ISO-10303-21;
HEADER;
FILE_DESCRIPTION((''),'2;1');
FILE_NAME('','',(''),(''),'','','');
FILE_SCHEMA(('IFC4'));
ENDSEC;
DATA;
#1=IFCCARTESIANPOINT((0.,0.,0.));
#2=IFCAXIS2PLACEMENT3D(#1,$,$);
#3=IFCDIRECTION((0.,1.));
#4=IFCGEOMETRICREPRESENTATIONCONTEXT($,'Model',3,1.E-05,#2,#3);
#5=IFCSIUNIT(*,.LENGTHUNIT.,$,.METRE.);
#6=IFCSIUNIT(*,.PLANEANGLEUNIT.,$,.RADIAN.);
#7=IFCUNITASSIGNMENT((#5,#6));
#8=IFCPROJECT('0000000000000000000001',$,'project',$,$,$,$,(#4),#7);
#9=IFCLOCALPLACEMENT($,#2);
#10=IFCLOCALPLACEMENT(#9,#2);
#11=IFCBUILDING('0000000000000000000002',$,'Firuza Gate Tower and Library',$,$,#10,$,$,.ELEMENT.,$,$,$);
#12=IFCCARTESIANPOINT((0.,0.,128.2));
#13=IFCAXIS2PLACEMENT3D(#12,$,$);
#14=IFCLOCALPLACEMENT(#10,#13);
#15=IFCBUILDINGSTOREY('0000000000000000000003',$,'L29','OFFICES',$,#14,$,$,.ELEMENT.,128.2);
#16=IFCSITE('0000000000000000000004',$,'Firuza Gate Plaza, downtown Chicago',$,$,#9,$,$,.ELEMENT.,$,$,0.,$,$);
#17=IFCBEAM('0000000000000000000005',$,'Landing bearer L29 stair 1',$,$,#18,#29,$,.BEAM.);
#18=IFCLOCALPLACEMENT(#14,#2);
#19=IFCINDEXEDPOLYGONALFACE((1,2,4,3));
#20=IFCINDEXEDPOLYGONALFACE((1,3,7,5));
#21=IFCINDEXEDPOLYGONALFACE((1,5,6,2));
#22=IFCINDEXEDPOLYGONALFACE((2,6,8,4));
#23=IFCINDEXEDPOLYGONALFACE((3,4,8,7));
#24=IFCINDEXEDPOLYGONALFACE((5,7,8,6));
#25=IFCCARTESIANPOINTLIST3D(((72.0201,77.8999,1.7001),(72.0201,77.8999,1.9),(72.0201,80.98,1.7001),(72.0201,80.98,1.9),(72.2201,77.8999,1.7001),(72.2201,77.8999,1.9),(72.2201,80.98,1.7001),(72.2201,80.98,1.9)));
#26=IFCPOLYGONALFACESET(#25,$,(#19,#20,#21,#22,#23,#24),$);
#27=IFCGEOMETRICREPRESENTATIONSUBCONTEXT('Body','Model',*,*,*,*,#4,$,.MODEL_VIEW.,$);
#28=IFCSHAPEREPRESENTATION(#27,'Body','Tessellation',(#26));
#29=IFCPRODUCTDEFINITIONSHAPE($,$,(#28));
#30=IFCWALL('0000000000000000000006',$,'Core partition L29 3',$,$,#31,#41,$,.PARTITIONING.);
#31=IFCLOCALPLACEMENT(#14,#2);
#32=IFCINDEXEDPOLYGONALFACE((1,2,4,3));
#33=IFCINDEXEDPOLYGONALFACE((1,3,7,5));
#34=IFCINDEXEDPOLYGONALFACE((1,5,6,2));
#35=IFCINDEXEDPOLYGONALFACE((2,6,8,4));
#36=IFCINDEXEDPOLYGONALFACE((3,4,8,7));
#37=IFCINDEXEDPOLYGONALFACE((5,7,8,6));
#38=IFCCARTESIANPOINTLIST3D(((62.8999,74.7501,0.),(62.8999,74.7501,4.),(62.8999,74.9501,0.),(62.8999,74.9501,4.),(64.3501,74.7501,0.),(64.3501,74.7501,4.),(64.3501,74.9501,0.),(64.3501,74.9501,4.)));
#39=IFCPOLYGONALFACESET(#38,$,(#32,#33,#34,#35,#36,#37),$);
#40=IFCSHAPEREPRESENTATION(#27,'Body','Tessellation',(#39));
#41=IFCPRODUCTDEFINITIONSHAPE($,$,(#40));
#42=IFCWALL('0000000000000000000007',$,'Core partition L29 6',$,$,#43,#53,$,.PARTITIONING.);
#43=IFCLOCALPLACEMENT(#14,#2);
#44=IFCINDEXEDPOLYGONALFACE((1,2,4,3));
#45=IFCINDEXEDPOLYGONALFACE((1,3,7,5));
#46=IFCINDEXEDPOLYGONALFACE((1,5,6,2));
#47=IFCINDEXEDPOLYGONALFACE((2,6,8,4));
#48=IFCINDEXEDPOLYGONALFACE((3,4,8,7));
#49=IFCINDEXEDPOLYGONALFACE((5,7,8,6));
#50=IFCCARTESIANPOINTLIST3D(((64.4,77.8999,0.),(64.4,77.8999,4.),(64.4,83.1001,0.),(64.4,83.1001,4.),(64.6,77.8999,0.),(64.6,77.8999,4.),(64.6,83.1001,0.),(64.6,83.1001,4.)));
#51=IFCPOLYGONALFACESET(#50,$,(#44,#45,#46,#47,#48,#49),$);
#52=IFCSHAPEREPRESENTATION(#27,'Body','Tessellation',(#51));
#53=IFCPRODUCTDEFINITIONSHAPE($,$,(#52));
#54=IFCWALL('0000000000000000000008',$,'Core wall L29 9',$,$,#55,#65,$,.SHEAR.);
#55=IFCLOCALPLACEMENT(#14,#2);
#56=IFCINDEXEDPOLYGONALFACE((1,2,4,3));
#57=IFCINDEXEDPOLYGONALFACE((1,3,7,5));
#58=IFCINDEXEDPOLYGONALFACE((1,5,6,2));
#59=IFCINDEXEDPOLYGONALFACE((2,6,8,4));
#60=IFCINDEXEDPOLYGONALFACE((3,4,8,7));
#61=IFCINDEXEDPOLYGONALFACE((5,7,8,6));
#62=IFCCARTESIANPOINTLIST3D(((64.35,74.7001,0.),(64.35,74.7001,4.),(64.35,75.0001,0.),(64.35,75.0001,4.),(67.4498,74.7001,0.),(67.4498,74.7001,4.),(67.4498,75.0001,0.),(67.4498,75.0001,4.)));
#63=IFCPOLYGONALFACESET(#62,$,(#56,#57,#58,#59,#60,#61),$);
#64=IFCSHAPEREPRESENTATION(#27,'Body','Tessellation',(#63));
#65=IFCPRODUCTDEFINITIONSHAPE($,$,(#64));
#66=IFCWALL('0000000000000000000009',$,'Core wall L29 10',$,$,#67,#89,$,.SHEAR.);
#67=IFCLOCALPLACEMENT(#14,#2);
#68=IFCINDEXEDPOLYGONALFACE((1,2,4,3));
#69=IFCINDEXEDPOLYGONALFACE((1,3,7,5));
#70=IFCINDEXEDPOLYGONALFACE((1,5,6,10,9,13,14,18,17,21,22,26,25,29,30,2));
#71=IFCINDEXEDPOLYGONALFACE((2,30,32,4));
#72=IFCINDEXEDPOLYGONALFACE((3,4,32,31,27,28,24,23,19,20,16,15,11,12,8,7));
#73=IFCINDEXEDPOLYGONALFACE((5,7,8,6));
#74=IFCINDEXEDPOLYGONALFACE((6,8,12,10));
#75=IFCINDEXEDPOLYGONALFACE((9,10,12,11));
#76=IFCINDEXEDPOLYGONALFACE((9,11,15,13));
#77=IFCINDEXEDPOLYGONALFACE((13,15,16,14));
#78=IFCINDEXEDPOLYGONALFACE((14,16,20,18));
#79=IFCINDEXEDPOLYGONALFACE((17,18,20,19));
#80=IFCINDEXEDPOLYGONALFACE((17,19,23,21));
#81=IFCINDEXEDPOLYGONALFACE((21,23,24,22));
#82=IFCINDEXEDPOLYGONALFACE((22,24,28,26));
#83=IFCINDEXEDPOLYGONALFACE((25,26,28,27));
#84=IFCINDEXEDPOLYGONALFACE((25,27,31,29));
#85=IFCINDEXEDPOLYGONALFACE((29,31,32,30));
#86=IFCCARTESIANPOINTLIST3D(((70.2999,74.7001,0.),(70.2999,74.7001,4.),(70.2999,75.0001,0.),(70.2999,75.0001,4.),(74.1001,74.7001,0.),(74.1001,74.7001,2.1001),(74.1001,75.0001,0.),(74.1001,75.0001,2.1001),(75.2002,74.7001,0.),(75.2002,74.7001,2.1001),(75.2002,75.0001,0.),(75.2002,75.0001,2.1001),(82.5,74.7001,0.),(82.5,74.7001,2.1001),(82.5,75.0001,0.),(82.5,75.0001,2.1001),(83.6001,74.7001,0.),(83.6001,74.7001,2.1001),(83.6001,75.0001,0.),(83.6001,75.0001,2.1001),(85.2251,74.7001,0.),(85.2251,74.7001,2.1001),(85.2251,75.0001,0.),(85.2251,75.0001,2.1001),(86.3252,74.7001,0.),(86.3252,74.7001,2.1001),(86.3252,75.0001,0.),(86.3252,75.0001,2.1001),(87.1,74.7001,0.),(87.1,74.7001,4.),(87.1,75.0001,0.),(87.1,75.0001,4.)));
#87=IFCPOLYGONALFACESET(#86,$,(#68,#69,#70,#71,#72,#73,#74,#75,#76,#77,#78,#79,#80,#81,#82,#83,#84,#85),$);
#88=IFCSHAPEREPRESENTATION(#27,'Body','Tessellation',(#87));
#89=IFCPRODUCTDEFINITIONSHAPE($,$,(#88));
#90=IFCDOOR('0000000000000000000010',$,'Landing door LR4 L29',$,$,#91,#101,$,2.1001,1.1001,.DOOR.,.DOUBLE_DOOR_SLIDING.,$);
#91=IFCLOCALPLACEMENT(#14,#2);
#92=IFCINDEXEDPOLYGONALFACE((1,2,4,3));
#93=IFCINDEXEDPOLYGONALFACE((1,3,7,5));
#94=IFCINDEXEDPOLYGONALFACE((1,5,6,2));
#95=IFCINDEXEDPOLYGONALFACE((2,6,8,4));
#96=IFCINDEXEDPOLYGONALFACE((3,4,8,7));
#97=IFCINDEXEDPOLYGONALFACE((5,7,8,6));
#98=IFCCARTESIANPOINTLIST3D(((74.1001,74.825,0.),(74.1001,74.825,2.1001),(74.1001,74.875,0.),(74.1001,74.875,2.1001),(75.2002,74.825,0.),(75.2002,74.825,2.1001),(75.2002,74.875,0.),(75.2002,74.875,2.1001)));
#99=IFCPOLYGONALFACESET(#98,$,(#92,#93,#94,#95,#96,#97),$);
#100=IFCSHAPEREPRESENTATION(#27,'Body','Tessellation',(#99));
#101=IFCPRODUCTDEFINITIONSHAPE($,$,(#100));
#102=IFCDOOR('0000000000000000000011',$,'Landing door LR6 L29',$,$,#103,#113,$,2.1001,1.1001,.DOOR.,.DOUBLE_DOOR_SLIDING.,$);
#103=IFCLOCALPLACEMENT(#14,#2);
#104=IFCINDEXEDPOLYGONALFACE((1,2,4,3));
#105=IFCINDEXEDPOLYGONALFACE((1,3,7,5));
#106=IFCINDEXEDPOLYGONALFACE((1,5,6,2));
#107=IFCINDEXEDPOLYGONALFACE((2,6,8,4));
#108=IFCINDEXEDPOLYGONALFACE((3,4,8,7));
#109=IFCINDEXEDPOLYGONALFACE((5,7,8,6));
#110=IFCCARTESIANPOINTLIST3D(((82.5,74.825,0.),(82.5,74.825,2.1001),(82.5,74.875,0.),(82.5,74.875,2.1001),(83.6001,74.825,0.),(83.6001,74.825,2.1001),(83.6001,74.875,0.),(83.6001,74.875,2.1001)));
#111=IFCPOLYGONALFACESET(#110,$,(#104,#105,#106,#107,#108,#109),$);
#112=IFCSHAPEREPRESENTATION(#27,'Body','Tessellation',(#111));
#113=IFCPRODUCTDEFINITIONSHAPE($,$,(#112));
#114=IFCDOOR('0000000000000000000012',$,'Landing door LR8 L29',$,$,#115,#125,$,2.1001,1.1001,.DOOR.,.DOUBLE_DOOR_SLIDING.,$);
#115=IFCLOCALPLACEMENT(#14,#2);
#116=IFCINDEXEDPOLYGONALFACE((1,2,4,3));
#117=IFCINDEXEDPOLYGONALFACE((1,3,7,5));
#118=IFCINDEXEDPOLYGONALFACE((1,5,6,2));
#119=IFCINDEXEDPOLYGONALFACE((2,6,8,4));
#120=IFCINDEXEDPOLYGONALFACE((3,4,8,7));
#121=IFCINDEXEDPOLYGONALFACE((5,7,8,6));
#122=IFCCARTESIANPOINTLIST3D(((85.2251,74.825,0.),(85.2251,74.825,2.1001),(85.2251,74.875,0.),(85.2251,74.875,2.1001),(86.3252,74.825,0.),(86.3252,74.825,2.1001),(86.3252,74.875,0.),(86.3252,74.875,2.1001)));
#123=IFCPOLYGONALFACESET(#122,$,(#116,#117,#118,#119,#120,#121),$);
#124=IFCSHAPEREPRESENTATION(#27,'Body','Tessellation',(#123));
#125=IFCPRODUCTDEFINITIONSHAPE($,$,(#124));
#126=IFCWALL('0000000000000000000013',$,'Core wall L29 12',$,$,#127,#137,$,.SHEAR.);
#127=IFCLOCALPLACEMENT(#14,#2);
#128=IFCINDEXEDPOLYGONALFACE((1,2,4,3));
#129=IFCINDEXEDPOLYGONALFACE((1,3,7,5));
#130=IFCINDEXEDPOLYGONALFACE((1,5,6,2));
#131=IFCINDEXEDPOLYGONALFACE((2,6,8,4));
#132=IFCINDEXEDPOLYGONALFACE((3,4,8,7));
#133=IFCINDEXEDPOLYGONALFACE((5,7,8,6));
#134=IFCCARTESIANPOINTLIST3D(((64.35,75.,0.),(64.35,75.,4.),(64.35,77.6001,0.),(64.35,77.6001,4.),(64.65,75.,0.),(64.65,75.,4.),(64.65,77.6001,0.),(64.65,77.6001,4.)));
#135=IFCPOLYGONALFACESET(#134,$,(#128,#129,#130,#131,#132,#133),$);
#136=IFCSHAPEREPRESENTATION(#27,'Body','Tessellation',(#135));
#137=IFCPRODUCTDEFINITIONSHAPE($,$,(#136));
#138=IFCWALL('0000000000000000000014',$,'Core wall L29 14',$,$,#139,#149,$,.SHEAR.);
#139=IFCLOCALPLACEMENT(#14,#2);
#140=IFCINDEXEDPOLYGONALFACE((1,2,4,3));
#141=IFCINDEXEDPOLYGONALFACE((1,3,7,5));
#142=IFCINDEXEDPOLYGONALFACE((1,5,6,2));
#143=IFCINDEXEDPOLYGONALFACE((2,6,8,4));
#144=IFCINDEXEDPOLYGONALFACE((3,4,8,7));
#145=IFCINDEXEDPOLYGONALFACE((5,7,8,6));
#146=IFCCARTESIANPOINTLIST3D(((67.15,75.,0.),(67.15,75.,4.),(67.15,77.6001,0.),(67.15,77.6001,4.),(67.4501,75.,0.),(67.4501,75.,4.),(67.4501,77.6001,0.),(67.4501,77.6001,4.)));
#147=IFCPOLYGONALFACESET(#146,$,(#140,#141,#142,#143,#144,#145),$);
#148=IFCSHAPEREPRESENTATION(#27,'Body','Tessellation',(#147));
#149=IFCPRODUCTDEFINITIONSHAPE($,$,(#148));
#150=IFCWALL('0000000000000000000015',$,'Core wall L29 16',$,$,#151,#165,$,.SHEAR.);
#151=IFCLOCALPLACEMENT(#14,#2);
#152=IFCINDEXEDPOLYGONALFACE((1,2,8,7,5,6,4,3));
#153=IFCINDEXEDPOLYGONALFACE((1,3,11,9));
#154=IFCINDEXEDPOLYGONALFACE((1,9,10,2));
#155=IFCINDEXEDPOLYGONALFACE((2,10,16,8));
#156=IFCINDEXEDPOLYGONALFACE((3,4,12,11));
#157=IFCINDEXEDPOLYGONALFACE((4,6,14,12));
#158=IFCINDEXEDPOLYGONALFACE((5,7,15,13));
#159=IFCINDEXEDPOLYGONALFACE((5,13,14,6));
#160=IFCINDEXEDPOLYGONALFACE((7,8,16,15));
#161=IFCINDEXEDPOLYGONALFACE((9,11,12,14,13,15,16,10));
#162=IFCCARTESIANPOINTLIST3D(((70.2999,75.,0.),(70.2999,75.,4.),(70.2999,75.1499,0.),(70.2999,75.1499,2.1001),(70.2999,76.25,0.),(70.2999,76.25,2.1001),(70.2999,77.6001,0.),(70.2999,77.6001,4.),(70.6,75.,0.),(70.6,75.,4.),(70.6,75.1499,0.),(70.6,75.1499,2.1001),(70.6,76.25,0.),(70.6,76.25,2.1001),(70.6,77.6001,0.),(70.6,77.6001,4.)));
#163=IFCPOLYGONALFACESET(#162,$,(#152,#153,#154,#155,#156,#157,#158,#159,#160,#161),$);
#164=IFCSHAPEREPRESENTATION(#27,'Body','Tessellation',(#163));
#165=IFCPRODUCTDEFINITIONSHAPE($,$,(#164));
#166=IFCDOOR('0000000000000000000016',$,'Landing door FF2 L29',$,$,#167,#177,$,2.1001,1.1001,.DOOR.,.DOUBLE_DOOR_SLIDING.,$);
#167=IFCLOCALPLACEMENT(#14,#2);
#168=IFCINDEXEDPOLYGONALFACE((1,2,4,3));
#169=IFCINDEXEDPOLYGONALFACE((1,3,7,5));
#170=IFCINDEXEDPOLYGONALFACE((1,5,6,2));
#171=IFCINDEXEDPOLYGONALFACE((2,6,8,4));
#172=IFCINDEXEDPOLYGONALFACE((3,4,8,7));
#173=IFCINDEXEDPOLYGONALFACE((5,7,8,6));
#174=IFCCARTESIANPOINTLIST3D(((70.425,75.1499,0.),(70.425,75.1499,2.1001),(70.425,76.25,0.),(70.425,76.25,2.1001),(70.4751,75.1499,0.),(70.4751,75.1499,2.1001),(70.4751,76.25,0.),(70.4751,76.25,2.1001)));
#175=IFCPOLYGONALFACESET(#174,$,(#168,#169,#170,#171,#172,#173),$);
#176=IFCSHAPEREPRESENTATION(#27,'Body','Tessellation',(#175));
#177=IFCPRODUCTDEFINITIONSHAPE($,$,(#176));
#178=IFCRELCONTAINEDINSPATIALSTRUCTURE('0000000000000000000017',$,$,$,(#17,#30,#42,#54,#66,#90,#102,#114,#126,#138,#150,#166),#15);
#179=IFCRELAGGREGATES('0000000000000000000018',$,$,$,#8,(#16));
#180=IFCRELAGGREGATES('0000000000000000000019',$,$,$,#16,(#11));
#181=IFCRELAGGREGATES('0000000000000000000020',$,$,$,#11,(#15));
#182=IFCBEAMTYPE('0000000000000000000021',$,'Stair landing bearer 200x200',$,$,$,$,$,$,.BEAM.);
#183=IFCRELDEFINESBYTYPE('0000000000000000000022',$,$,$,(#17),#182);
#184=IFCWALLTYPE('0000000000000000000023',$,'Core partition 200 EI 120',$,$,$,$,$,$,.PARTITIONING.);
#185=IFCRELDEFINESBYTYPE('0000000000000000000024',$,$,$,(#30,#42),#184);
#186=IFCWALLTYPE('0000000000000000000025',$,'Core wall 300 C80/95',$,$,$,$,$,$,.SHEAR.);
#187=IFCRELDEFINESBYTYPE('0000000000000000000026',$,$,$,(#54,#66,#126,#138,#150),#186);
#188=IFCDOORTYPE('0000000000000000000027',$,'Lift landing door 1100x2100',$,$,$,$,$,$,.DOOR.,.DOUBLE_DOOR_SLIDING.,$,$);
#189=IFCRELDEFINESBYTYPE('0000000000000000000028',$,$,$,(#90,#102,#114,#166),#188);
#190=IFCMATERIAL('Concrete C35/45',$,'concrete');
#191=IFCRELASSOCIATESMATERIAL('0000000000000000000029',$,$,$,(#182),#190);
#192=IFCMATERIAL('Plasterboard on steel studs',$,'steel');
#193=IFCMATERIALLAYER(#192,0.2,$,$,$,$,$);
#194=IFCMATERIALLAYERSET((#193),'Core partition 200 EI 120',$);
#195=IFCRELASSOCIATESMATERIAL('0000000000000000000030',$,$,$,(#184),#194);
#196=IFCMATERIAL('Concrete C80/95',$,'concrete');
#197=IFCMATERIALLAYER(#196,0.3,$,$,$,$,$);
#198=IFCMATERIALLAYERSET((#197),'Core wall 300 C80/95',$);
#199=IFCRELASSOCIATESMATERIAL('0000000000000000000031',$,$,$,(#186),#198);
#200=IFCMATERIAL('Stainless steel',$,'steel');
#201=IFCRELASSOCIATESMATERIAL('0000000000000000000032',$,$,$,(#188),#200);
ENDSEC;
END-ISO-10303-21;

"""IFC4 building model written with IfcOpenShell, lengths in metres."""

from ifc_helpers import new_model, si_unit, direction, frame, frame_2d, origin, origin_2d, place, context, subcontext, project, spatial, rectangle, extrude, material, layer, layer_set, material_profile, profile_set, type_object, element, fill, save


model = new_model("IFC4")

# Units and contexts
model_context = context("Model", 3, precision=1e-05, world=origin(), true_north=direction((0.0, 1.0)))
body_context = subcontext(model_context, "Body", "Model", "MODEL_VIEW")
ifc_project = project(units=[si_unit("LENGTHUNIT", "METRE"), si_unit("PLANEANGLEUNIT", "RADIAN")], contexts=[model_context])

# Site, building, storey
site_placement = place(None, origin())
site = spatial("IfcSite", under=ifc_project, at=site_placement, Name="Firuza Gate Plaza, downtown Chicago", CompositionType="ELEMENT", RefElevation=0.0)
building_placement = place(site_placement, origin())
building = spatial("IfcBuilding", under=site, at=building_placement, Name="Firuza Gate Tower and Library", CompositionType="ELEMENT")
storey_placement = place(building_placement, frame((0.0, 0.0, 128.2)))
storey = spatial("IfcBuildingStorey", under=building, at=storey_placement, Name="L29", Description="OFFICES", CompositionType="ELEMENT", Elevation=128.2)

# Beam
ifc_material_1 = material(Name="Concrete C35/45", Category="concrete")
ifc_material_profile = material_profile(ifc_material_1, rectangle(XDim=0.2, YDim=0.2, at=origin_2d()))
ifc_profile_set = profile_set([ifc_material_profile], Name="Concrete C35/45")
beam_type = type_object("IfcBeamType", Name="Stair landing bearer 200x200", PredefinedType="BEAM", material=ifc_profile_set)
beam_placement = place(storey_placement, frame((72.1201, 77.8999, 1.8), z_axis=(0.0, 1.0, 0.0), x_axis=(-1.0, 0.0, 0.0)))
element("IfcBeam", 1, at=beam_placement, inside=storey, type_object=beam_type, Name="Landing bearer L29 stair 1", PredefinedType="BEAM", context=body_context, shape_type="SweptSolid", body=[
    extrude(rectangle(XDim=0.2, YDim=0.2, at=origin_2d()), origin(), (0.0, 0.0, 1.0), 3.0801),
])

# Walls
ifc_material_2 = material(Name="Plasterboard on steel studs", Category="steel")
ifc_layer_1 = layer(ifc_material_2, 0.2)
ifc_layer_set_1 = layer_set([ifc_layer_1], Name="Core partition 200 EI 120")
wall_type_1 = type_object("IfcWallType", Name="Core partition 200 EI 120", PredefinedType="PARTITIONING", material=ifc_layer_set_1)
wall_1_placement = place(storey_placement, frame((62.8999, 74.8501, 0.0), z_axis=(0.0, 0.0, 1.0), x_axis=(1.0, 0.0, 0.0)))
element("IfcWall", 2, at=wall_1_placement, inside=storey, type_object=wall_type_1, Name="Core partition L29 3", PredefinedType="PARTITIONING", context=body_context, shape_type="SweptSolid", body=[
    extrude(rectangle(XDim=1.4502, YDim=0.2, at=frame_2d((0.7251, 0.0))), origin(), (0.0, 0.0, 1.0), 4.0),
])
wall_2_placement = place(storey_placement, frame((64.5, 77.8999, 0.0), z_axis=(0.0, 0.0, 1.0), x_axis=(0.0, 1.0, 0.0)))
element("IfcWall", 3, at=wall_2_placement, inside=storey, type_object=wall_type_1, Name="Core partition L29 6", PredefinedType="PARTITIONING", context=body_context, shape_type="SweptSolid", body=[
    extrude(rectangle(XDim=5.2002, YDim=0.2, at=frame_2d((2.6001, 0.0))), origin(), (0.0, 0.0, 1.0), 4.0),
])
ifc_material_3 = material(Name="Concrete C80/95", Category="concrete")
ifc_layer_2 = layer(ifc_material_3, 0.3)
ifc_layer_set_2 = layer_set([ifc_layer_2], Name="Core wall 300 C80/95")
wall_type_2 = type_object("IfcWallType", Name="Core wall 300 C80/95", PredefinedType="SHEAR", material=ifc_layer_set_2)
wall_3_placement = place(storey_placement, frame((64.3501, 74.8501, 0.0), z_axis=(0.0, 0.0, 1.0), x_axis=(1.0, 0.0, 0.0)))
element("IfcWall", 4, at=wall_3_placement, inside=storey, type_object=wall_type_2, Name="Core wall L29 9", PredefinedType="SHEAR", context=body_context, shape_type="SweptSolid", body=[
    extrude(rectangle(XDim=3.0999, YDim=0.3, at=frame_2d((1.5498, 0.0))), origin(), (0.0, 0.0, 1.0), 4.0),
])

# Wall, openings, doors
wall_4_placement = place(storey_placement, frame((70.3, 74.8501, 0.0), z_axis=(0.0, 0.0, 1.0), x_axis=(1.0, 0.0, 0.0)))
wall_4 = element("IfcWall", 5, at=wall_4_placement, inside=storey, type_object=wall_type_2, Name="Core wall L29 10", PredefinedType="SHEAR", context=body_context, shape_type="SweptSolid", body=[
    extrude(rectangle(XDim=16.8, YDim=0.3, at=frame_2d((8.3999, 0.0))), origin(), (0.0, 0.0, 1.0), 4.0),
])
opening_1_placement = place(wall_4_placement, frame((3.8, 0.0, 0.0)))
opening_1 = element("IfcOpeningElement", 6, at=opening_1_placement, cuts=wall_4, PredefinedType="OPENING", context=body_context, shape_type="SweptSolid", body=[
    extrude(rectangle(XDim=1.1001, YDim=2.1001, at=frame_2d((0.55, 1.05))), frame((0.0, 0.1602, 0.0), z_axis=(0.0, -1.0, 0.0), x_axis=(1.0, 0.0, 0.0)), (0.0, 0.0, 1.0), 0.3201),
])
opening_2_placement = place(wall_4_placement, frame((12.2, 0.0, 0.0)))
opening_2 = element("IfcOpeningElement", 7, at=opening_2_placement, cuts=wall_4, PredefinedType="OPENING", context=body_context, shape_type="SweptSolid", body=[
    extrude(rectangle(XDim=1.1001, YDim=2.1001, at=frame_2d((0.55, 1.05))), frame((0.0, 0.1602, 0.0), z_axis=(0.0, -1.0, 0.0), x_axis=(1.0, 0.0, 0.0)), (0.0, 0.0, 1.0), 0.3201),
])
opening_3_placement = place(wall_4_placement, frame((14.925, 0.0, 0.0)))
opening_3 = element("IfcOpeningElement", 8, at=opening_3_placement, cuts=wall_4, PredefinedType="OPENING", context=body_context, shape_type="SweptSolid", body=[
    extrude(rectangle(XDim=1.1001, YDim=2.1001, at=frame_2d((0.55, 1.05))), frame((0.0, 0.1602, 0.0), z_axis=(0.0, -1.0, 0.0), x_axis=(1.0, 0.0, 0.0)), (0.0, 0.0, 1.0), 0.3201),
])
ifc_material_4 = material(Name="Stainless steel", Category="steel")
door_type_1 = type_object("IfcDoorType", Name="Lift landing door 1100x2100", OperationType="DOUBLE_DOOR_SLIDING", PredefinedType="DOOR", material=ifc_material_4)
door_1_placement = place(opening_1_placement, origin())
door_1 = element("IfcDoor", 9, at=door_1_placement, inside=storey, type_object=door_type_1, Name="Landing door LR4 L29", OperationType="DOUBLE_DOOR_SLIDING", OverallHeight=2.1001, OverallWidth=1.1001, PredefinedType="DOOR", context=body_context, shape_type="SweptSolid", body=[
    extrude(rectangle(XDim=1.1001, YDim=2.1001, at=frame_2d((0.55, 1.05))), frame((0.0, 0.0249, 0.0), z_axis=(0.0, -1.0, 0.0), x_axis=(1.0, 0.0, 0.0)), (0.0, 0.0, 1.0), 0.05),
])
fill(opening_1, door_1)
door_2_placement = place(opening_2_placement, origin())
door_2 = element("IfcDoor", 10, at=door_2_placement, inside=storey, type_object=door_type_1, Name="Landing door LR6 L29", OperationType="DOUBLE_DOOR_SLIDING", OverallHeight=2.1001, OverallWidth=1.1001, PredefinedType="DOOR", context=body_context, shape_type="SweptSolid", body=[
    extrude(rectangle(XDim=1.1001, YDim=2.1001, at=frame_2d((0.55, 1.05))), frame((0.0, 0.0249, 0.0), z_axis=(0.0, -1.0, 0.0), x_axis=(1.0, 0.0, 0.0)), (0.0, 0.0, 1.0), 0.05),
])
fill(opening_2, door_2)
door_3_placement = place(opening_3_placement, origin())
door_3 = element("IfcDoor", 11, at=door_3_placement, inside=storey, type_object=door_type_1, Name="Landing door LR8 L29", OperationType="DOUBLE_DOOR_SLIDING", OverallHeight=2.1001, OverallWidth=1.1001, PredefinedType="DOOR", context=body_context, shape_type="SweptSolid", body=[
    extrude(rectangle(XDim=1.1001, YDim=2.1001, at=frame_2d((0.55, 1.05))), frame((0.0, 0.0249, 0.0), z_axis=(0.0, -1.0, 0.0), x_axis=(1.0, 0.0, 0.0)), (0.0, 0.0, 1.0), 0.05),
])
fill(opening_3, door_3)

# Walls
for number, where, z_axis, x_axis, name in (
    (12, (64.5, 75.0, 0.0), (0.0, 0.0, 1.0), (0.0, 1.0, 0.0), "Core wall L29 12"),
    (13, (67.3, 75.0, 0.0), (0.0, 0.0, 1.0), (0.0, 1.0, 0.0), "Core wall L29 14"),
):
    element("IfcWall", number, at=place(storey_placement, frame(where, z_axis=z_axis, x_axis=x_axis)), inside=storey, type_object=wall_type_2, Name=name, PredefinedType="SHEAR", context=body_context, shape_type="SweptSolid", body=[
        extrude(rectangle(XDim=2.6001, YDim=0.3, at=frame_2d((1.3, 0.0))), origin(), (0.0, 0.0, 1.0), 4.0),
    ])

# Wall, opening, door
wall_5_placement = place(storey_placement, frame((70.45, 75.0, 0.0), z_axis=(0.0, 0.0, 1.0), x_axis=(0.0, 1.0, 0.0)))
wall_5 = element("IfcWall", 14, at=wall_5_placement, inside=storey, type_object=wall_type_2, Name="Core wall L29 16", PredefinedType="SHEAR", context=body_context, shape_type="SweptSolid", body=[
    extrude(rectangle(XDim=2.6001, YDim=0.3, at=frame_2d((1.3, 0.0))), origin(), (0.0, 0.0, 1.0), 4.0),
])
opening_4_placement = place(wall_5_placement, frame((0.1499, 0.0, 0.0)))
opening_4 = element("IfcOpeningElement", 15, at=opening_4_placement, cuts=wall_5, PredefinedType="OPENING", context=body_context, shape_type="SweptSolid", body=[
    extrude(rectangle(XDim=1.1001, YDim=2.1001, at=frame_2d((0.55, 1.05))), frame((0.0, 0.1602, 0.0), z_axis=(0.0, -1.0, 0.0), x_axis=(1.0, 0.0, 0.0)), (0.0, 0.0, 1.0), 0.3201),
])
door_4_placement = place(opening_4_placement, origin())
door_4 = element("IfcDoor", 16, at=door_4_placement, inside=storey, type_object=door_type_1, Name="Landing door FF2 L29", OperationType="DOUBLE_DOOR_SLIDING", OverallHeight=2.1001, OverallWidth=1.1001, PredefinedType="DOOR", context=body_context, shape_type="SweptSolid", body=[
    extrude(rectangle(XDim=1.1001, YDim=2.1001, at=frame_2d((0.55, 1.05))), frame((0.0, 0.0249, 0.0), z_axis=(0.0, -1.0, 0.0), x_axis=(1.0, 0.0, 0.0)), (0.0, 0.0, 1.0), 0.05),
])
fill(opening_4, door_4)

save(model, "model.ifc")
